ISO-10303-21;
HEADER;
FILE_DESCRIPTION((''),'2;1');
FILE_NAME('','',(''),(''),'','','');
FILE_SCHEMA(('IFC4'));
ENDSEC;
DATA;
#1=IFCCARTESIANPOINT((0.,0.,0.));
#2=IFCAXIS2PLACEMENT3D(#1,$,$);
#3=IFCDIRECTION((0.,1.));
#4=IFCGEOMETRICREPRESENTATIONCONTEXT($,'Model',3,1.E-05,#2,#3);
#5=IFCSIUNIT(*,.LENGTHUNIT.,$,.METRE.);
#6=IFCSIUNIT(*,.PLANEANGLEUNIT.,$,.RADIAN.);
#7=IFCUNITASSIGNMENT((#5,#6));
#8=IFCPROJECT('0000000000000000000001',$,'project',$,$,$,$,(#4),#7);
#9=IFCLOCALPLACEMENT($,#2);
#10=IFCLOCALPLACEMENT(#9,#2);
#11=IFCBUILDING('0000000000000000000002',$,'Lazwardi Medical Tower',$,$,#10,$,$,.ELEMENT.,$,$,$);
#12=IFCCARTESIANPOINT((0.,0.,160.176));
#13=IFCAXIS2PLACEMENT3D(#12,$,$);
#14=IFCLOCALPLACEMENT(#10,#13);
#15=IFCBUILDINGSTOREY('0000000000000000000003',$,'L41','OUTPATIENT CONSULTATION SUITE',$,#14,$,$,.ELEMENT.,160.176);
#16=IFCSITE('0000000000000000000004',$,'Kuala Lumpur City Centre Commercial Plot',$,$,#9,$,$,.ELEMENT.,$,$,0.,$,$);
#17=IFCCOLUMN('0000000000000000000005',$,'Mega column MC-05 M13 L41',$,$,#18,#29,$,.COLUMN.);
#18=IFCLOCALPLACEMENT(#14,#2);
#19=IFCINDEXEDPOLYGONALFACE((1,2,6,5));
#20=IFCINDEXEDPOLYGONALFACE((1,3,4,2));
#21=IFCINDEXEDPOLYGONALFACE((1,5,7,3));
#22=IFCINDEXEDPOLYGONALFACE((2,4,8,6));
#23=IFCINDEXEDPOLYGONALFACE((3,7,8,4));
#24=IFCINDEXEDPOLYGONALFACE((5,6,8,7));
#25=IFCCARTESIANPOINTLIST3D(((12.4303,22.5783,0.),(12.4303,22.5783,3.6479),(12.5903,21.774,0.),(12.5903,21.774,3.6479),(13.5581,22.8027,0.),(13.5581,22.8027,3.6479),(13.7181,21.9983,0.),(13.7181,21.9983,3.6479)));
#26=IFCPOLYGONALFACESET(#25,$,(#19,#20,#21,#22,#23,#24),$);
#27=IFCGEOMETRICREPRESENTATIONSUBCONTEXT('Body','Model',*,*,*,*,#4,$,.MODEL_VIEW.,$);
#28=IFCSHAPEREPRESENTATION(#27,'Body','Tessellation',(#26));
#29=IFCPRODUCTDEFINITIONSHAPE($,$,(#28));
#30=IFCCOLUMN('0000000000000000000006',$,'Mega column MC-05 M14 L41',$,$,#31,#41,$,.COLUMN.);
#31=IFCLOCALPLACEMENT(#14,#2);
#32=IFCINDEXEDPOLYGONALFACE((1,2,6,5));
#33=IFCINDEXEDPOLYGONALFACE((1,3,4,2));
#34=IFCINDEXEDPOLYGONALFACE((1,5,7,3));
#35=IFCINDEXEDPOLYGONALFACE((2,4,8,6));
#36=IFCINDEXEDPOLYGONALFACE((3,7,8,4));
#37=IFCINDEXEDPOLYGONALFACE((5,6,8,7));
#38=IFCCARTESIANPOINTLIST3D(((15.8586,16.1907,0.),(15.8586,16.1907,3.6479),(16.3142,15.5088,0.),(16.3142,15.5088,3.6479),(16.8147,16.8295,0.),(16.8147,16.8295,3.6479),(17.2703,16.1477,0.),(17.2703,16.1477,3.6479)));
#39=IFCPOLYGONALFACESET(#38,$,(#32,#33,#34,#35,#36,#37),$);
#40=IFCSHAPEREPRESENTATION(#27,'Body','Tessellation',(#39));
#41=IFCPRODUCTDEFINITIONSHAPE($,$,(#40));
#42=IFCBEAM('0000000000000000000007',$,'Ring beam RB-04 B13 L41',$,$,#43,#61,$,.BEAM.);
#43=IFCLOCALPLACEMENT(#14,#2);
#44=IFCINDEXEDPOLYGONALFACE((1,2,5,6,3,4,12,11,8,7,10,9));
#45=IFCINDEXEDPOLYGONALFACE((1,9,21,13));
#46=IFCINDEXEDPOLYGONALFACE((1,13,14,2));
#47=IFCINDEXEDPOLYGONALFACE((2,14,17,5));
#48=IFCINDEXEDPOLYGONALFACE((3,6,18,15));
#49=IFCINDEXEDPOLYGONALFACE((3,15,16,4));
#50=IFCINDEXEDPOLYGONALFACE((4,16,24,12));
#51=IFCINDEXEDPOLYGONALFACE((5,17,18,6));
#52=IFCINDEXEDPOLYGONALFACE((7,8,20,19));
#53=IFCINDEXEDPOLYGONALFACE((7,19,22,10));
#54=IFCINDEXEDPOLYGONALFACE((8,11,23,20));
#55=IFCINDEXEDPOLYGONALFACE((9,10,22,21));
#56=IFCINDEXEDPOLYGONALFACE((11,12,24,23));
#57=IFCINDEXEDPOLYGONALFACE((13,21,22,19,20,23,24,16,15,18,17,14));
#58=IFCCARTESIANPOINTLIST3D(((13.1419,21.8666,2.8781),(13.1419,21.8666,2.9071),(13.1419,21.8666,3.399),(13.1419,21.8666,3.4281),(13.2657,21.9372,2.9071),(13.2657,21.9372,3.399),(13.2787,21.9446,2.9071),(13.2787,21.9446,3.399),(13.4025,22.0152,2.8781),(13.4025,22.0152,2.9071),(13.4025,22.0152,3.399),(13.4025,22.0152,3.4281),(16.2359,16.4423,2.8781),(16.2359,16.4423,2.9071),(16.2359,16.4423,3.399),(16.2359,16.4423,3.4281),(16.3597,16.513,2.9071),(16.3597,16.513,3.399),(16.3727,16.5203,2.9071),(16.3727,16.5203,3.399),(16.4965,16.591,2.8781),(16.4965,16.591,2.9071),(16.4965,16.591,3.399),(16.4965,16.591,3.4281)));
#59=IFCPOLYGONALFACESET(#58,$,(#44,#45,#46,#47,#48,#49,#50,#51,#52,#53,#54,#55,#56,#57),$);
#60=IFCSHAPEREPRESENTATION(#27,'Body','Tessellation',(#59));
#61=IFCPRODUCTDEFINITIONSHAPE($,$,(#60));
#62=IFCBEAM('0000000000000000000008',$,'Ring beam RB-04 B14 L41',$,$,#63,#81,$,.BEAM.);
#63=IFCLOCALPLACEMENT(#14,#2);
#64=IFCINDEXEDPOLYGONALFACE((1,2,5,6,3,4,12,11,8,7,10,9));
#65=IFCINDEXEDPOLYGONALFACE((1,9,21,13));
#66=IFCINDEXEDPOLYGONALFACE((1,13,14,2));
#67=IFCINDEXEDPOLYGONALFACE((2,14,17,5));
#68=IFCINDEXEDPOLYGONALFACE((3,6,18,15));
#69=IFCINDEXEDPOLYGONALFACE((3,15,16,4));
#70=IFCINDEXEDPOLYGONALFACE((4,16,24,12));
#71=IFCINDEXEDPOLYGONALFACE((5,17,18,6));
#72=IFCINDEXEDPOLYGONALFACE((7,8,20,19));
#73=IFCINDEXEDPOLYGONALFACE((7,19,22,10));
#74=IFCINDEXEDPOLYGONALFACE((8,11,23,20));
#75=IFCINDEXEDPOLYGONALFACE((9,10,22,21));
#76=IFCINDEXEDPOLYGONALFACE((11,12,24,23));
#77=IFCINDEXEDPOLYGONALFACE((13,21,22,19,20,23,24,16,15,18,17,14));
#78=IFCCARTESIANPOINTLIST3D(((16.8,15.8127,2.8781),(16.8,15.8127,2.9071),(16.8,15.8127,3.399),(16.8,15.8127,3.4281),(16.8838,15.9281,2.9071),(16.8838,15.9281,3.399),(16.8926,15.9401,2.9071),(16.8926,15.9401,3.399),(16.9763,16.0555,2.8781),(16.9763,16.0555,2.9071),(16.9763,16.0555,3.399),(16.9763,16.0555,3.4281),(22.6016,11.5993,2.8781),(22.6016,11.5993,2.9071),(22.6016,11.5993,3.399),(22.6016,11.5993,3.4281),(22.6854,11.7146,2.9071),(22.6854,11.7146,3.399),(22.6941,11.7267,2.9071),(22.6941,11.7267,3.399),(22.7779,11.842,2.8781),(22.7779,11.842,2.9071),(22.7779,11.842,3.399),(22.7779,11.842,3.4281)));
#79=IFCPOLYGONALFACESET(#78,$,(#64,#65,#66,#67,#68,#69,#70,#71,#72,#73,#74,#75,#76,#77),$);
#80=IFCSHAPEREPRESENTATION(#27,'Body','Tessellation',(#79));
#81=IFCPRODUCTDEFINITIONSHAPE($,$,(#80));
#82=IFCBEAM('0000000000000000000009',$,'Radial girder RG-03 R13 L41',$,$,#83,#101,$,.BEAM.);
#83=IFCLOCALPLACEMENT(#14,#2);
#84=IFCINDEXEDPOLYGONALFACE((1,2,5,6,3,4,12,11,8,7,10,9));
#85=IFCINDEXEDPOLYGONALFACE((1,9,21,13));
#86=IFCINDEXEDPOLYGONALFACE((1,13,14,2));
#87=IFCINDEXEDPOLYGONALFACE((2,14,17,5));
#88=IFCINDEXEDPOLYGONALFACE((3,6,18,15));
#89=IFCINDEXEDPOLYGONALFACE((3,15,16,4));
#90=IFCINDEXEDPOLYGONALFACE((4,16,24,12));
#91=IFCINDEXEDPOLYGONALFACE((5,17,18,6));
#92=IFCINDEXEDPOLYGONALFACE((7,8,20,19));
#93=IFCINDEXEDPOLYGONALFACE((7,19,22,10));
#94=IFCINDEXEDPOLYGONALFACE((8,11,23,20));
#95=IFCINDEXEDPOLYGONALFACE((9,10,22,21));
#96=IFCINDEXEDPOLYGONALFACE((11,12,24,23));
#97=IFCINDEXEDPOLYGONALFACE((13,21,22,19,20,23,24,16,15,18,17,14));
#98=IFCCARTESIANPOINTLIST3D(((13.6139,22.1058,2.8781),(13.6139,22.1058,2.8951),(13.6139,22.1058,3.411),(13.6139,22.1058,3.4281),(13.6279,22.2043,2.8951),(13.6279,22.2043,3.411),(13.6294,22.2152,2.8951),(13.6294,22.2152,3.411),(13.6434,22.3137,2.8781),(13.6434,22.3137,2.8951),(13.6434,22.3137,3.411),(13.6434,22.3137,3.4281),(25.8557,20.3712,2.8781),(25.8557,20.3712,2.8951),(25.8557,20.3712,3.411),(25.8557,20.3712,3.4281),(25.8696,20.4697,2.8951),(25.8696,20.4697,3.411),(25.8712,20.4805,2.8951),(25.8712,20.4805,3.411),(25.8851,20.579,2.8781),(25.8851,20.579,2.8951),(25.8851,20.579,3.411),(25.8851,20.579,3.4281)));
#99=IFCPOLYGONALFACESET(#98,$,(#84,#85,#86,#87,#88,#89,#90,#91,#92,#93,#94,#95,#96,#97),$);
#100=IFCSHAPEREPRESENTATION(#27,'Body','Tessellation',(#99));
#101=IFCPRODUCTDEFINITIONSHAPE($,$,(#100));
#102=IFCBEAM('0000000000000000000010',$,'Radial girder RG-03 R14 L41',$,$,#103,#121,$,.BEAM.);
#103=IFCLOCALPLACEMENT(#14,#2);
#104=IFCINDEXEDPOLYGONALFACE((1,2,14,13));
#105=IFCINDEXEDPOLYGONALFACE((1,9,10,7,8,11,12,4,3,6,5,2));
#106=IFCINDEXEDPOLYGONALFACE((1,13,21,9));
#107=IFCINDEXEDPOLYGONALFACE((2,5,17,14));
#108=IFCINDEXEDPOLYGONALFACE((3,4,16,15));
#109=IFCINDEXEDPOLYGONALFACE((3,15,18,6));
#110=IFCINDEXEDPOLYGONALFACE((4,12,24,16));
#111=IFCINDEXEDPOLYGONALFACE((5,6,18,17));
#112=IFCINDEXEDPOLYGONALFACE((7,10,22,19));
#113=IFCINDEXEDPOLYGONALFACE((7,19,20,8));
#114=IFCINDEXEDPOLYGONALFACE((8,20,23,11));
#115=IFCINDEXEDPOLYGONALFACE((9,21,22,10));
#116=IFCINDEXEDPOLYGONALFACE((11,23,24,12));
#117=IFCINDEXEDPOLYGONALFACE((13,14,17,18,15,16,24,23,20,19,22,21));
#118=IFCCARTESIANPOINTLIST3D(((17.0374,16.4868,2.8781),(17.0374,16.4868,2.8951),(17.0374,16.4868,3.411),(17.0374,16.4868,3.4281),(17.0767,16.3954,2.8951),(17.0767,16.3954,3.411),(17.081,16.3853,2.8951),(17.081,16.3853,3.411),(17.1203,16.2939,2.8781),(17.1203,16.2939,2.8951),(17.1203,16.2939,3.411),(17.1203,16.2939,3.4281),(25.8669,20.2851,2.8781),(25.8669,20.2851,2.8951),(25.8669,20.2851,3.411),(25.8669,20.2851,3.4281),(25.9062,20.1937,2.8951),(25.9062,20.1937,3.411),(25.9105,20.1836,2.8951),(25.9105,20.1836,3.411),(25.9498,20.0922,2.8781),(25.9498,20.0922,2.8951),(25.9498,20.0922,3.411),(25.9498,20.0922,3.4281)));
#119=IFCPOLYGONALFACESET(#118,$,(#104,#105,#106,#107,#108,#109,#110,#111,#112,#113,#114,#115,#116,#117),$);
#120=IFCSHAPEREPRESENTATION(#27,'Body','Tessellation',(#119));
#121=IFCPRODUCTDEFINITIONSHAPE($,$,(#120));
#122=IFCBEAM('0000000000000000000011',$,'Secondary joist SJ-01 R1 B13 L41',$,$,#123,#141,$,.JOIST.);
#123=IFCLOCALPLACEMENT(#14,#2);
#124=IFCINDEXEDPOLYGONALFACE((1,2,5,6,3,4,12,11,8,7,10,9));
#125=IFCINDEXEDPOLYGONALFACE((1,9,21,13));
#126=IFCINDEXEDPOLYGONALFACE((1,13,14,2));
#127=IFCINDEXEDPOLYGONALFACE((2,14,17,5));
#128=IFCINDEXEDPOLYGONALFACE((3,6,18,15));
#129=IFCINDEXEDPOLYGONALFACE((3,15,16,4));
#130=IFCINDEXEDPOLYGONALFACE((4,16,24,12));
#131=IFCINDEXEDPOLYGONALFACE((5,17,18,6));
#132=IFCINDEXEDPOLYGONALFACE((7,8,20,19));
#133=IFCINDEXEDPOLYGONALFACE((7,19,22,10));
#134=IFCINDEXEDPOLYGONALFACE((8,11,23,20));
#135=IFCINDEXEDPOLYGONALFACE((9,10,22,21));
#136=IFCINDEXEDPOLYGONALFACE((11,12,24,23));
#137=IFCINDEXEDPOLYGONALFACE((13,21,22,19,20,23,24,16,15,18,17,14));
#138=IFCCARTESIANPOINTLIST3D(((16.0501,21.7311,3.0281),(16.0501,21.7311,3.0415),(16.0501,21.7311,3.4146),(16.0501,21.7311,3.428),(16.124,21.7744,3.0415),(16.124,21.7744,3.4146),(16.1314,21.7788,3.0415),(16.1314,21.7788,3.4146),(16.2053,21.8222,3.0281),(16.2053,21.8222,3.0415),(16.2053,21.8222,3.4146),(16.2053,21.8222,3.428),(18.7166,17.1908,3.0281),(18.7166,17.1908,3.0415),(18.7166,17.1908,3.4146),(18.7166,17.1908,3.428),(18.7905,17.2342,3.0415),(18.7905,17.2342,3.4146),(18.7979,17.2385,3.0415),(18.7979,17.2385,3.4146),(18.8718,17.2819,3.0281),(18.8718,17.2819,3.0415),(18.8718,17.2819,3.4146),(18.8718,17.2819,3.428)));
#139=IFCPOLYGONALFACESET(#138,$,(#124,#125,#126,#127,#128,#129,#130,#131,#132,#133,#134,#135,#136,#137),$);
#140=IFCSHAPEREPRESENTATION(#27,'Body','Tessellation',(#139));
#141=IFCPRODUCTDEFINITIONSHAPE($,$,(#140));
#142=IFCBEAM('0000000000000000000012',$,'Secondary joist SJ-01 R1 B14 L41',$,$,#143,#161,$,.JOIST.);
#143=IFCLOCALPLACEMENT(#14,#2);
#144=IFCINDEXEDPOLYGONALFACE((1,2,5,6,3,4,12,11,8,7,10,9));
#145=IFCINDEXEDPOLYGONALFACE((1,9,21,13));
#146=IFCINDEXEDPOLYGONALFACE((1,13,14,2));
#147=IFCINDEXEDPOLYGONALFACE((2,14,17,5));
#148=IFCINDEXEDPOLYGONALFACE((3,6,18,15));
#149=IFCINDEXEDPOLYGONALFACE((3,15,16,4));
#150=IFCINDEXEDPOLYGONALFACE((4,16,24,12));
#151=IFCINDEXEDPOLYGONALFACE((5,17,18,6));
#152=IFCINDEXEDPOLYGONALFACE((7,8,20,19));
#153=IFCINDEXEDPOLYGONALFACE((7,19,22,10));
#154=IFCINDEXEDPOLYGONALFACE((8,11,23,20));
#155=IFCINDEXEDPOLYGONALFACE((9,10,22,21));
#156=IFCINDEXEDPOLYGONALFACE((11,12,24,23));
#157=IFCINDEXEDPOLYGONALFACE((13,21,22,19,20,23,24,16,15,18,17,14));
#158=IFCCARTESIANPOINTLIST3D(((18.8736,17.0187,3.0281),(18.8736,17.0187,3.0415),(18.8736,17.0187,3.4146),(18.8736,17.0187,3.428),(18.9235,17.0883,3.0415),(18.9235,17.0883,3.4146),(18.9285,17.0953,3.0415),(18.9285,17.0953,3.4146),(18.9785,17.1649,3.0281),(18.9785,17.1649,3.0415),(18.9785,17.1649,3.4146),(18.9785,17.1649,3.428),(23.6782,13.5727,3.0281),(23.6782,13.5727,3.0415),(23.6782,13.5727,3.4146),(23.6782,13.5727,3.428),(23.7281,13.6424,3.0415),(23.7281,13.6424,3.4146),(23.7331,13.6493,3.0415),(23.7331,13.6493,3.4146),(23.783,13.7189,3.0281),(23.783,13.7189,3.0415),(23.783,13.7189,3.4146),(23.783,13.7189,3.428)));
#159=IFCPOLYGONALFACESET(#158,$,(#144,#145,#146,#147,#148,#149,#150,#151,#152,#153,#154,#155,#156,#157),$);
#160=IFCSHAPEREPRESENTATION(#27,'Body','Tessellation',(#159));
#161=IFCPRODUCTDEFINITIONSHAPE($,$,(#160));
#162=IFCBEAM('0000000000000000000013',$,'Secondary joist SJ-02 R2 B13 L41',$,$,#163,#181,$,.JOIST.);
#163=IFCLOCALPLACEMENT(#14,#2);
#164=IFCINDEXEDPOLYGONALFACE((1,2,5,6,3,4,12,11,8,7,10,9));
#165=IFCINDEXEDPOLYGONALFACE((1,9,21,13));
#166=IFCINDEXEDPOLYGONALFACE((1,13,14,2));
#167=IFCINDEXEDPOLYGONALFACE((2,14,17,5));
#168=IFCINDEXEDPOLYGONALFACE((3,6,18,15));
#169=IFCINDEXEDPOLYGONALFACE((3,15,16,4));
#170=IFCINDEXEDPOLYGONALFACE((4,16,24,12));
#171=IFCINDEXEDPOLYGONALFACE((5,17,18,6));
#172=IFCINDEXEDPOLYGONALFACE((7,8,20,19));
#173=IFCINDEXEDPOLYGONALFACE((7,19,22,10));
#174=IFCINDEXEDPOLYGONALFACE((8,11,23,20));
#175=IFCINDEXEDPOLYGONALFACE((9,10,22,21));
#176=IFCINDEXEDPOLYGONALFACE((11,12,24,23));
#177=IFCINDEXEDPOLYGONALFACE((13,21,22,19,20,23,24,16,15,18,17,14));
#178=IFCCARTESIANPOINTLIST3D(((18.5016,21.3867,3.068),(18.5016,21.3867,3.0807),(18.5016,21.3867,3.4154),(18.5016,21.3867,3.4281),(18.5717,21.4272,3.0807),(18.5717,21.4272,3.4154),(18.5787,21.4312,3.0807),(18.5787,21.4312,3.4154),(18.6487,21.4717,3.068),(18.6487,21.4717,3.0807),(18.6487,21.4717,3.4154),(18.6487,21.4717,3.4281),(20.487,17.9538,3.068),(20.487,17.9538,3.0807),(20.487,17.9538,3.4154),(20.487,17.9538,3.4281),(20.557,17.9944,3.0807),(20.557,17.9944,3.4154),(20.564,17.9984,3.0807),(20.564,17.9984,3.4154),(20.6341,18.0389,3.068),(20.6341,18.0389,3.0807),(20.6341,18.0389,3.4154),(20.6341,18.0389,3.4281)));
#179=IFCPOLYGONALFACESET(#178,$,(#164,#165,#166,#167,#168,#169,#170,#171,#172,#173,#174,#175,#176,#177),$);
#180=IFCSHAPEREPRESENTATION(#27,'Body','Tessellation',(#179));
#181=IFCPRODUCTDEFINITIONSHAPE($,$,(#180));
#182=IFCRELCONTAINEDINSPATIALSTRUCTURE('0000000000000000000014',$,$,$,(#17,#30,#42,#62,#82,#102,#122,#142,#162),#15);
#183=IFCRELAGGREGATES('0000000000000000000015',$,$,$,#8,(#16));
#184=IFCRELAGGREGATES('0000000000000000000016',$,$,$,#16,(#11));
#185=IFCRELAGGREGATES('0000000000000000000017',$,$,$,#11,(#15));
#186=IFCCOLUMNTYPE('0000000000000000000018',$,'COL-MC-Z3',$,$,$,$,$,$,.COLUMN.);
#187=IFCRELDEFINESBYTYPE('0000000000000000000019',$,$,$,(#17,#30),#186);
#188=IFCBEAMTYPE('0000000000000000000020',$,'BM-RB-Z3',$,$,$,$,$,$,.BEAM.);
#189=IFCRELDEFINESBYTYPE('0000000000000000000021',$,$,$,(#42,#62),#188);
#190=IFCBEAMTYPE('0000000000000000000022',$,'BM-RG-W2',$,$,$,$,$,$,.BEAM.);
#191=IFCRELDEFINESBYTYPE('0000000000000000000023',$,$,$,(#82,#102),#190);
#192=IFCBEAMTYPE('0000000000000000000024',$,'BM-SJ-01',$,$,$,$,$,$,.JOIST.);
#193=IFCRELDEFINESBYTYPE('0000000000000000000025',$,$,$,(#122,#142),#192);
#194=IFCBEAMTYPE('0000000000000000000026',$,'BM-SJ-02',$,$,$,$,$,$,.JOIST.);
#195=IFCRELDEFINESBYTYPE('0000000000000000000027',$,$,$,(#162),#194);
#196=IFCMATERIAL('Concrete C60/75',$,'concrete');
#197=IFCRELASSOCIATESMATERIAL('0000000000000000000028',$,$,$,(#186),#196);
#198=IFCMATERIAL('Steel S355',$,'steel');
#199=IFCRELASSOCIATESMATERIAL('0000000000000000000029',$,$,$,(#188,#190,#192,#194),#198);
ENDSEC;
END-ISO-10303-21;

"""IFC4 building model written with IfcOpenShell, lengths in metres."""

from ifc_helpers import new_model, si_unit, direction, frame, origin, origin_2d, place, context, subcontext, project, spatial, rectangle, i_section, extrude, material, material_profile, profile_set, type_object, element, save


model = new_model("IFC4")

# Units and contexts
model_context = context("Model", 3, precision=1e-05, world=origin(), true_north=direction((0.0, 1.0)))
body_context = subcontext(model_context, "Body", "Model", "MODEL_VIEW")
ifc_project = project(units=[si_unit("LENGTHUNIT", "METRE"), si_unit("PLANEANGLEUNIT", "RADIAN")], contexts=[model_context])

# Site, building, storey
site_placement = place(None, origin())
site = spatial("IfcSite", under=ifc_project, at=site_placement, Name="Kuala Lumpur City Centre Commercial Plot", CompositionType="ELEMENT", RefElevation=0.0)
building_placement = place(site_placement, origin())
building = spatial("IfcBuilding", under=site, at=building_placement, Name="Lazwardi Medical Tower", CompositionType="ELEMENT")
storey_placement = place(building_placement, frame((0.0, 0.0, 160.176)))
storey = spatial("IfcBuildingStorey", under=building, at=storey_placement, Name="L41", Description="OUTPATIENT CONSULTATION SUITE", CompositionType="ELEMENT", Elevation=160.176)

# Columns
ifc_material_1 = material(Name="Concrete C60/75", Category="concrete")
ifc_material_profile_1 = material_profile(ifc_material_1, rectangle(XDim=1.1499, YDim=0.8201, at=origin_2d()), Name="CFT-RECT 1150x820")
ifc_profile_set_1 = profile_set([ifc_material_profile_1], Name="Concrete C60/75")
column_type = type_object("IfcColumnType", Name="COL-MC-Z3", PredefinedType="COLUMN", material=ifc_profile_set_1)
for number, where, z_axis, x_axis, name in (
    (1, (13.0742, 22.2883, 0.0), (0.0, 0.0, 1.0), (-0.980785, -0.19509, 0.0), "Mega column MC-05 M13 L41"),
    (2, (16.5645, 16.1692, 0.0), (0.0, 0.0, 1.0), (-0.83147, -0.55557, 0.0), "Mega column MC-05 M14 L41"),
):
    element("IfcColumn", number, at=place(storey_placement, frame(where, z_axis=z_axis, x_axis=x_axis)), inside=storey, type_object=column_type, Name=name, PredefinedType="COLUMN", context=body_context, shape_type="SweptSolid", body=[
        extrude(rectangle(XDim=1.1499, YDim=0.8201, at=origin_2d()), origin(), (0.0, 0.0, 1.0), 3.6479),
    ])

# Beams
ifc_material_2 = material(Name="Steel S355", Category="steel")
ifc_material_profile_2 = material_profile(ifc_material_2, i_section(OverallWidth=0.3, OverallDepth=0.55, WebThickness=0.0149, FlangeThickness=0.0291, at=origin_2d()), Name="HEB 550")
ifc_profile_set_2 = profile_set([ifc_material_profile_2], Name="Steel S355")
beam_type_1 = type_object("IfcBeamType", Name="BM-RB-Z3", PredefinedType="BEAM", material=ifc_profile_set_2)
beam_1_placement = place(storey_placement, frame((13.2722, 21.9409, 3.1531), z_axis=(0.495461, -0.86863, 0.0), x_axis=(0.86863, 0.495461, 0.0)))
element("IfcBeam", 3, at=beam_1_placement, inside=storey, type_object=beam_type_1, Name="Ring beam RB-04 B13 L41", PredefinedType="BEAM", context=body_context, shape_type="SweptSolid", body=[
    extrude(i_section(OverallWidth=0.3, OverallDepth=0.55, WebThickness=0.0149, FlangeThickness=0.0291, at=origin_2d()), origin(), (0.0, 0.0, 1.0), 6.2446),
])
beam_2_placement = place(storey_placement, frame((16.8882, 15.9341, 3.1531), z_axis=(0.809128, -0.587633, 0.0), x_axis=(0.587633, 0.809128, 0.0)))
element("IfcBeam", 4, at=beam_2_placement, inside=storey, type_object=beam_type_1, Name="Ring beam RB-04 B14 L41", PredefinedType="BEAM", context=body_context, shape_type="SweptSolid", body=[
    extrude(i_section(OverallWidth=0.3, OverallDepth=0.55, WebThickness=0.0149, FlangeThickness=0.0291, at=origin_2d()), origin(), (0.0, 0.0, 1.0), 7.1702),
])
ifc_material_profile_3 = material_profile(ifc_material_2, i_section(OverallWidth=0.21, OverallDepth=0.55, WebThickness=0.011, FlangeThickness=0.0171, at=origin_2d()), Name="IPE 550")
ifc_profile_set_3 = profile_set([ifc_material_profile_3], Name="Steel S355")
beam_type_2 = type_object("IfcBeamType", Name="BM-RG-W2", PredefinedType="BEAM", material=ifc_profile_set_3)
beam_3_placement = place(storey_placement, frame((13.6287, 22.2097, 3.1531), z_axis=(0.99011, -0.140296, 0.0), x_axis=(0.140296, 0.99011, 0.0)))
element("IfcBeam", 5, at=beam_3_placement, inside=storey, type_object=beam_type_2, Name="Radial girder RG-03 R13 L41", PredefinedType="BEAM", context=body_context, shape_type="SweptSolid", body=[
    extrude(i_section(OverallWidth=0.21, OverallDepth=0.55, WebThickness=0.011, FlangeThickness=0.0171, at=origin_2d()), origin(), (0.0, 0.0, 1.0), 12.364),
])
beam_4_placement = place(storey_placement, frame((17.0789, 16.3904, 3.1531), z_axis=(0.918608, 0.39517, 0.0), x_axis=(-0.39517, 0.918608, 0.0)))
element("IfcBeam", 6, at=beam_4_placement, inside=storey, type_object=beam_type_2, Name="Radial girder RG-03 R14 L41", PredefinedType="BEAM", context=body_context, shape_type="SweptSolid", body=[
    extrude(i_section(OverallWidth=0.21, OverallDepth=0.55, WebThickness=0.011, FlangeThickness=0.0171, at=origin_2d()), origin(), (0.0, 0.0, 1.0), 9.6118),
])
ifc_material_profile_4 = material_profile(ifc_material_2, i_section(OverallWidth=0.1799, OverallDepth=0.3999, WebThickness=0.0085, FlangeThickness=0.0134, at=origin_2d()), Name="IPE 400")
ifc_profile_set_4 = profile_set([ifc_material_profile_4], Name="Steel S355")
beam_type_3 = type_object("IfcBeamType", Name="BM-SJ-01", PredefinedType="JOIST", material=ifc_profile_set_4)
beam_5_placement = place(storey_placement, frame((16.1277, 21.7766, 3.228), z_axis=(0.50642, -0.862287, 0.0), x_axis=(0.862287, 0.50642, 0.0)))
element("IfcBeam", 7, at=beam_5_placement, inside=storey, type_object=beam_type_3, Name="Secondary joist SJ-01 R1 B13 L41", PredefinedType="JOIST", context=body_context, shape_type="SweptSolid", body=[
    extrude(i_section(OverallWidth=0.1799, OverallDepth=0.3999, WebThickness=0.0085, FlangeThickness=0.0134, at=origin_2d()), origin(), (0.0, 0.0, 1.0), 5.2654),
])
beam_6_placement = place(storey_placement, frame((18.926, 17.0918, 3.228), z_axis=(0.812602, -0.582819, 0.0), x_axis=(0.582819, 0.812602, 0.0)))
element("IfcBeam", 8, at=beam_6_placement, inside=storey, type_object=beam_type_3, Name="Secondary joist SJ-01 R1 B14 L41", PredefinedType="JOIST", context=body_context, shape_type="SweptSolid", body=[
    extrude(i_section(OverallWidth=0.1799, OverallDepth=0.3999, WebThickness=0.0085, FlangeThickness=0.0134, at=origin_2d()), origin(), (0.0, 0.0, 1.0), 5.9126),
])
ifc_material_profile_5 = material_profile(ifc_material_2, i_section(OverallWidth=0.1699, OverallDepth=0.3601, WebThickness=0.0081, FlangeThickness=0.0127, at=origin_2d()), Name="IPE 360")
ifc_profile_set_5 = profile_set([ifc_material_profile_5], Name="Steel S355")
beam_type_4 = type_object("IfcBeamType", Name="BM-SJ-02", PredefinedType="JOIST", material=ifc_profile_set_5)
beam_7_placement = place(storey_placement, frame((18.5752, 21.4292, 3.248), z_axis=(0.500641, -0.865655, 0.0), x_axis=(0.865655, 0.500641, 0.0)))
element("IfcBeam", 9, at=beam_7_placement, inside=storey, type_object=beam_type_4, Name="Secondary joist SJ-02 R2 B13 L41", PredefinedType="JOIST", context=body_context, shape_type="SweptSolid", body=[
    extrude(i_section(OverallWidth=0.1699, OverallDepth=0.3601, WebThickness=0.0081, FlangeThickness=0.0127, at=origin_2d()), origin(), (0.0, 0.0, 1.0), 3.9656),
])

save(model, "model.ifc")
